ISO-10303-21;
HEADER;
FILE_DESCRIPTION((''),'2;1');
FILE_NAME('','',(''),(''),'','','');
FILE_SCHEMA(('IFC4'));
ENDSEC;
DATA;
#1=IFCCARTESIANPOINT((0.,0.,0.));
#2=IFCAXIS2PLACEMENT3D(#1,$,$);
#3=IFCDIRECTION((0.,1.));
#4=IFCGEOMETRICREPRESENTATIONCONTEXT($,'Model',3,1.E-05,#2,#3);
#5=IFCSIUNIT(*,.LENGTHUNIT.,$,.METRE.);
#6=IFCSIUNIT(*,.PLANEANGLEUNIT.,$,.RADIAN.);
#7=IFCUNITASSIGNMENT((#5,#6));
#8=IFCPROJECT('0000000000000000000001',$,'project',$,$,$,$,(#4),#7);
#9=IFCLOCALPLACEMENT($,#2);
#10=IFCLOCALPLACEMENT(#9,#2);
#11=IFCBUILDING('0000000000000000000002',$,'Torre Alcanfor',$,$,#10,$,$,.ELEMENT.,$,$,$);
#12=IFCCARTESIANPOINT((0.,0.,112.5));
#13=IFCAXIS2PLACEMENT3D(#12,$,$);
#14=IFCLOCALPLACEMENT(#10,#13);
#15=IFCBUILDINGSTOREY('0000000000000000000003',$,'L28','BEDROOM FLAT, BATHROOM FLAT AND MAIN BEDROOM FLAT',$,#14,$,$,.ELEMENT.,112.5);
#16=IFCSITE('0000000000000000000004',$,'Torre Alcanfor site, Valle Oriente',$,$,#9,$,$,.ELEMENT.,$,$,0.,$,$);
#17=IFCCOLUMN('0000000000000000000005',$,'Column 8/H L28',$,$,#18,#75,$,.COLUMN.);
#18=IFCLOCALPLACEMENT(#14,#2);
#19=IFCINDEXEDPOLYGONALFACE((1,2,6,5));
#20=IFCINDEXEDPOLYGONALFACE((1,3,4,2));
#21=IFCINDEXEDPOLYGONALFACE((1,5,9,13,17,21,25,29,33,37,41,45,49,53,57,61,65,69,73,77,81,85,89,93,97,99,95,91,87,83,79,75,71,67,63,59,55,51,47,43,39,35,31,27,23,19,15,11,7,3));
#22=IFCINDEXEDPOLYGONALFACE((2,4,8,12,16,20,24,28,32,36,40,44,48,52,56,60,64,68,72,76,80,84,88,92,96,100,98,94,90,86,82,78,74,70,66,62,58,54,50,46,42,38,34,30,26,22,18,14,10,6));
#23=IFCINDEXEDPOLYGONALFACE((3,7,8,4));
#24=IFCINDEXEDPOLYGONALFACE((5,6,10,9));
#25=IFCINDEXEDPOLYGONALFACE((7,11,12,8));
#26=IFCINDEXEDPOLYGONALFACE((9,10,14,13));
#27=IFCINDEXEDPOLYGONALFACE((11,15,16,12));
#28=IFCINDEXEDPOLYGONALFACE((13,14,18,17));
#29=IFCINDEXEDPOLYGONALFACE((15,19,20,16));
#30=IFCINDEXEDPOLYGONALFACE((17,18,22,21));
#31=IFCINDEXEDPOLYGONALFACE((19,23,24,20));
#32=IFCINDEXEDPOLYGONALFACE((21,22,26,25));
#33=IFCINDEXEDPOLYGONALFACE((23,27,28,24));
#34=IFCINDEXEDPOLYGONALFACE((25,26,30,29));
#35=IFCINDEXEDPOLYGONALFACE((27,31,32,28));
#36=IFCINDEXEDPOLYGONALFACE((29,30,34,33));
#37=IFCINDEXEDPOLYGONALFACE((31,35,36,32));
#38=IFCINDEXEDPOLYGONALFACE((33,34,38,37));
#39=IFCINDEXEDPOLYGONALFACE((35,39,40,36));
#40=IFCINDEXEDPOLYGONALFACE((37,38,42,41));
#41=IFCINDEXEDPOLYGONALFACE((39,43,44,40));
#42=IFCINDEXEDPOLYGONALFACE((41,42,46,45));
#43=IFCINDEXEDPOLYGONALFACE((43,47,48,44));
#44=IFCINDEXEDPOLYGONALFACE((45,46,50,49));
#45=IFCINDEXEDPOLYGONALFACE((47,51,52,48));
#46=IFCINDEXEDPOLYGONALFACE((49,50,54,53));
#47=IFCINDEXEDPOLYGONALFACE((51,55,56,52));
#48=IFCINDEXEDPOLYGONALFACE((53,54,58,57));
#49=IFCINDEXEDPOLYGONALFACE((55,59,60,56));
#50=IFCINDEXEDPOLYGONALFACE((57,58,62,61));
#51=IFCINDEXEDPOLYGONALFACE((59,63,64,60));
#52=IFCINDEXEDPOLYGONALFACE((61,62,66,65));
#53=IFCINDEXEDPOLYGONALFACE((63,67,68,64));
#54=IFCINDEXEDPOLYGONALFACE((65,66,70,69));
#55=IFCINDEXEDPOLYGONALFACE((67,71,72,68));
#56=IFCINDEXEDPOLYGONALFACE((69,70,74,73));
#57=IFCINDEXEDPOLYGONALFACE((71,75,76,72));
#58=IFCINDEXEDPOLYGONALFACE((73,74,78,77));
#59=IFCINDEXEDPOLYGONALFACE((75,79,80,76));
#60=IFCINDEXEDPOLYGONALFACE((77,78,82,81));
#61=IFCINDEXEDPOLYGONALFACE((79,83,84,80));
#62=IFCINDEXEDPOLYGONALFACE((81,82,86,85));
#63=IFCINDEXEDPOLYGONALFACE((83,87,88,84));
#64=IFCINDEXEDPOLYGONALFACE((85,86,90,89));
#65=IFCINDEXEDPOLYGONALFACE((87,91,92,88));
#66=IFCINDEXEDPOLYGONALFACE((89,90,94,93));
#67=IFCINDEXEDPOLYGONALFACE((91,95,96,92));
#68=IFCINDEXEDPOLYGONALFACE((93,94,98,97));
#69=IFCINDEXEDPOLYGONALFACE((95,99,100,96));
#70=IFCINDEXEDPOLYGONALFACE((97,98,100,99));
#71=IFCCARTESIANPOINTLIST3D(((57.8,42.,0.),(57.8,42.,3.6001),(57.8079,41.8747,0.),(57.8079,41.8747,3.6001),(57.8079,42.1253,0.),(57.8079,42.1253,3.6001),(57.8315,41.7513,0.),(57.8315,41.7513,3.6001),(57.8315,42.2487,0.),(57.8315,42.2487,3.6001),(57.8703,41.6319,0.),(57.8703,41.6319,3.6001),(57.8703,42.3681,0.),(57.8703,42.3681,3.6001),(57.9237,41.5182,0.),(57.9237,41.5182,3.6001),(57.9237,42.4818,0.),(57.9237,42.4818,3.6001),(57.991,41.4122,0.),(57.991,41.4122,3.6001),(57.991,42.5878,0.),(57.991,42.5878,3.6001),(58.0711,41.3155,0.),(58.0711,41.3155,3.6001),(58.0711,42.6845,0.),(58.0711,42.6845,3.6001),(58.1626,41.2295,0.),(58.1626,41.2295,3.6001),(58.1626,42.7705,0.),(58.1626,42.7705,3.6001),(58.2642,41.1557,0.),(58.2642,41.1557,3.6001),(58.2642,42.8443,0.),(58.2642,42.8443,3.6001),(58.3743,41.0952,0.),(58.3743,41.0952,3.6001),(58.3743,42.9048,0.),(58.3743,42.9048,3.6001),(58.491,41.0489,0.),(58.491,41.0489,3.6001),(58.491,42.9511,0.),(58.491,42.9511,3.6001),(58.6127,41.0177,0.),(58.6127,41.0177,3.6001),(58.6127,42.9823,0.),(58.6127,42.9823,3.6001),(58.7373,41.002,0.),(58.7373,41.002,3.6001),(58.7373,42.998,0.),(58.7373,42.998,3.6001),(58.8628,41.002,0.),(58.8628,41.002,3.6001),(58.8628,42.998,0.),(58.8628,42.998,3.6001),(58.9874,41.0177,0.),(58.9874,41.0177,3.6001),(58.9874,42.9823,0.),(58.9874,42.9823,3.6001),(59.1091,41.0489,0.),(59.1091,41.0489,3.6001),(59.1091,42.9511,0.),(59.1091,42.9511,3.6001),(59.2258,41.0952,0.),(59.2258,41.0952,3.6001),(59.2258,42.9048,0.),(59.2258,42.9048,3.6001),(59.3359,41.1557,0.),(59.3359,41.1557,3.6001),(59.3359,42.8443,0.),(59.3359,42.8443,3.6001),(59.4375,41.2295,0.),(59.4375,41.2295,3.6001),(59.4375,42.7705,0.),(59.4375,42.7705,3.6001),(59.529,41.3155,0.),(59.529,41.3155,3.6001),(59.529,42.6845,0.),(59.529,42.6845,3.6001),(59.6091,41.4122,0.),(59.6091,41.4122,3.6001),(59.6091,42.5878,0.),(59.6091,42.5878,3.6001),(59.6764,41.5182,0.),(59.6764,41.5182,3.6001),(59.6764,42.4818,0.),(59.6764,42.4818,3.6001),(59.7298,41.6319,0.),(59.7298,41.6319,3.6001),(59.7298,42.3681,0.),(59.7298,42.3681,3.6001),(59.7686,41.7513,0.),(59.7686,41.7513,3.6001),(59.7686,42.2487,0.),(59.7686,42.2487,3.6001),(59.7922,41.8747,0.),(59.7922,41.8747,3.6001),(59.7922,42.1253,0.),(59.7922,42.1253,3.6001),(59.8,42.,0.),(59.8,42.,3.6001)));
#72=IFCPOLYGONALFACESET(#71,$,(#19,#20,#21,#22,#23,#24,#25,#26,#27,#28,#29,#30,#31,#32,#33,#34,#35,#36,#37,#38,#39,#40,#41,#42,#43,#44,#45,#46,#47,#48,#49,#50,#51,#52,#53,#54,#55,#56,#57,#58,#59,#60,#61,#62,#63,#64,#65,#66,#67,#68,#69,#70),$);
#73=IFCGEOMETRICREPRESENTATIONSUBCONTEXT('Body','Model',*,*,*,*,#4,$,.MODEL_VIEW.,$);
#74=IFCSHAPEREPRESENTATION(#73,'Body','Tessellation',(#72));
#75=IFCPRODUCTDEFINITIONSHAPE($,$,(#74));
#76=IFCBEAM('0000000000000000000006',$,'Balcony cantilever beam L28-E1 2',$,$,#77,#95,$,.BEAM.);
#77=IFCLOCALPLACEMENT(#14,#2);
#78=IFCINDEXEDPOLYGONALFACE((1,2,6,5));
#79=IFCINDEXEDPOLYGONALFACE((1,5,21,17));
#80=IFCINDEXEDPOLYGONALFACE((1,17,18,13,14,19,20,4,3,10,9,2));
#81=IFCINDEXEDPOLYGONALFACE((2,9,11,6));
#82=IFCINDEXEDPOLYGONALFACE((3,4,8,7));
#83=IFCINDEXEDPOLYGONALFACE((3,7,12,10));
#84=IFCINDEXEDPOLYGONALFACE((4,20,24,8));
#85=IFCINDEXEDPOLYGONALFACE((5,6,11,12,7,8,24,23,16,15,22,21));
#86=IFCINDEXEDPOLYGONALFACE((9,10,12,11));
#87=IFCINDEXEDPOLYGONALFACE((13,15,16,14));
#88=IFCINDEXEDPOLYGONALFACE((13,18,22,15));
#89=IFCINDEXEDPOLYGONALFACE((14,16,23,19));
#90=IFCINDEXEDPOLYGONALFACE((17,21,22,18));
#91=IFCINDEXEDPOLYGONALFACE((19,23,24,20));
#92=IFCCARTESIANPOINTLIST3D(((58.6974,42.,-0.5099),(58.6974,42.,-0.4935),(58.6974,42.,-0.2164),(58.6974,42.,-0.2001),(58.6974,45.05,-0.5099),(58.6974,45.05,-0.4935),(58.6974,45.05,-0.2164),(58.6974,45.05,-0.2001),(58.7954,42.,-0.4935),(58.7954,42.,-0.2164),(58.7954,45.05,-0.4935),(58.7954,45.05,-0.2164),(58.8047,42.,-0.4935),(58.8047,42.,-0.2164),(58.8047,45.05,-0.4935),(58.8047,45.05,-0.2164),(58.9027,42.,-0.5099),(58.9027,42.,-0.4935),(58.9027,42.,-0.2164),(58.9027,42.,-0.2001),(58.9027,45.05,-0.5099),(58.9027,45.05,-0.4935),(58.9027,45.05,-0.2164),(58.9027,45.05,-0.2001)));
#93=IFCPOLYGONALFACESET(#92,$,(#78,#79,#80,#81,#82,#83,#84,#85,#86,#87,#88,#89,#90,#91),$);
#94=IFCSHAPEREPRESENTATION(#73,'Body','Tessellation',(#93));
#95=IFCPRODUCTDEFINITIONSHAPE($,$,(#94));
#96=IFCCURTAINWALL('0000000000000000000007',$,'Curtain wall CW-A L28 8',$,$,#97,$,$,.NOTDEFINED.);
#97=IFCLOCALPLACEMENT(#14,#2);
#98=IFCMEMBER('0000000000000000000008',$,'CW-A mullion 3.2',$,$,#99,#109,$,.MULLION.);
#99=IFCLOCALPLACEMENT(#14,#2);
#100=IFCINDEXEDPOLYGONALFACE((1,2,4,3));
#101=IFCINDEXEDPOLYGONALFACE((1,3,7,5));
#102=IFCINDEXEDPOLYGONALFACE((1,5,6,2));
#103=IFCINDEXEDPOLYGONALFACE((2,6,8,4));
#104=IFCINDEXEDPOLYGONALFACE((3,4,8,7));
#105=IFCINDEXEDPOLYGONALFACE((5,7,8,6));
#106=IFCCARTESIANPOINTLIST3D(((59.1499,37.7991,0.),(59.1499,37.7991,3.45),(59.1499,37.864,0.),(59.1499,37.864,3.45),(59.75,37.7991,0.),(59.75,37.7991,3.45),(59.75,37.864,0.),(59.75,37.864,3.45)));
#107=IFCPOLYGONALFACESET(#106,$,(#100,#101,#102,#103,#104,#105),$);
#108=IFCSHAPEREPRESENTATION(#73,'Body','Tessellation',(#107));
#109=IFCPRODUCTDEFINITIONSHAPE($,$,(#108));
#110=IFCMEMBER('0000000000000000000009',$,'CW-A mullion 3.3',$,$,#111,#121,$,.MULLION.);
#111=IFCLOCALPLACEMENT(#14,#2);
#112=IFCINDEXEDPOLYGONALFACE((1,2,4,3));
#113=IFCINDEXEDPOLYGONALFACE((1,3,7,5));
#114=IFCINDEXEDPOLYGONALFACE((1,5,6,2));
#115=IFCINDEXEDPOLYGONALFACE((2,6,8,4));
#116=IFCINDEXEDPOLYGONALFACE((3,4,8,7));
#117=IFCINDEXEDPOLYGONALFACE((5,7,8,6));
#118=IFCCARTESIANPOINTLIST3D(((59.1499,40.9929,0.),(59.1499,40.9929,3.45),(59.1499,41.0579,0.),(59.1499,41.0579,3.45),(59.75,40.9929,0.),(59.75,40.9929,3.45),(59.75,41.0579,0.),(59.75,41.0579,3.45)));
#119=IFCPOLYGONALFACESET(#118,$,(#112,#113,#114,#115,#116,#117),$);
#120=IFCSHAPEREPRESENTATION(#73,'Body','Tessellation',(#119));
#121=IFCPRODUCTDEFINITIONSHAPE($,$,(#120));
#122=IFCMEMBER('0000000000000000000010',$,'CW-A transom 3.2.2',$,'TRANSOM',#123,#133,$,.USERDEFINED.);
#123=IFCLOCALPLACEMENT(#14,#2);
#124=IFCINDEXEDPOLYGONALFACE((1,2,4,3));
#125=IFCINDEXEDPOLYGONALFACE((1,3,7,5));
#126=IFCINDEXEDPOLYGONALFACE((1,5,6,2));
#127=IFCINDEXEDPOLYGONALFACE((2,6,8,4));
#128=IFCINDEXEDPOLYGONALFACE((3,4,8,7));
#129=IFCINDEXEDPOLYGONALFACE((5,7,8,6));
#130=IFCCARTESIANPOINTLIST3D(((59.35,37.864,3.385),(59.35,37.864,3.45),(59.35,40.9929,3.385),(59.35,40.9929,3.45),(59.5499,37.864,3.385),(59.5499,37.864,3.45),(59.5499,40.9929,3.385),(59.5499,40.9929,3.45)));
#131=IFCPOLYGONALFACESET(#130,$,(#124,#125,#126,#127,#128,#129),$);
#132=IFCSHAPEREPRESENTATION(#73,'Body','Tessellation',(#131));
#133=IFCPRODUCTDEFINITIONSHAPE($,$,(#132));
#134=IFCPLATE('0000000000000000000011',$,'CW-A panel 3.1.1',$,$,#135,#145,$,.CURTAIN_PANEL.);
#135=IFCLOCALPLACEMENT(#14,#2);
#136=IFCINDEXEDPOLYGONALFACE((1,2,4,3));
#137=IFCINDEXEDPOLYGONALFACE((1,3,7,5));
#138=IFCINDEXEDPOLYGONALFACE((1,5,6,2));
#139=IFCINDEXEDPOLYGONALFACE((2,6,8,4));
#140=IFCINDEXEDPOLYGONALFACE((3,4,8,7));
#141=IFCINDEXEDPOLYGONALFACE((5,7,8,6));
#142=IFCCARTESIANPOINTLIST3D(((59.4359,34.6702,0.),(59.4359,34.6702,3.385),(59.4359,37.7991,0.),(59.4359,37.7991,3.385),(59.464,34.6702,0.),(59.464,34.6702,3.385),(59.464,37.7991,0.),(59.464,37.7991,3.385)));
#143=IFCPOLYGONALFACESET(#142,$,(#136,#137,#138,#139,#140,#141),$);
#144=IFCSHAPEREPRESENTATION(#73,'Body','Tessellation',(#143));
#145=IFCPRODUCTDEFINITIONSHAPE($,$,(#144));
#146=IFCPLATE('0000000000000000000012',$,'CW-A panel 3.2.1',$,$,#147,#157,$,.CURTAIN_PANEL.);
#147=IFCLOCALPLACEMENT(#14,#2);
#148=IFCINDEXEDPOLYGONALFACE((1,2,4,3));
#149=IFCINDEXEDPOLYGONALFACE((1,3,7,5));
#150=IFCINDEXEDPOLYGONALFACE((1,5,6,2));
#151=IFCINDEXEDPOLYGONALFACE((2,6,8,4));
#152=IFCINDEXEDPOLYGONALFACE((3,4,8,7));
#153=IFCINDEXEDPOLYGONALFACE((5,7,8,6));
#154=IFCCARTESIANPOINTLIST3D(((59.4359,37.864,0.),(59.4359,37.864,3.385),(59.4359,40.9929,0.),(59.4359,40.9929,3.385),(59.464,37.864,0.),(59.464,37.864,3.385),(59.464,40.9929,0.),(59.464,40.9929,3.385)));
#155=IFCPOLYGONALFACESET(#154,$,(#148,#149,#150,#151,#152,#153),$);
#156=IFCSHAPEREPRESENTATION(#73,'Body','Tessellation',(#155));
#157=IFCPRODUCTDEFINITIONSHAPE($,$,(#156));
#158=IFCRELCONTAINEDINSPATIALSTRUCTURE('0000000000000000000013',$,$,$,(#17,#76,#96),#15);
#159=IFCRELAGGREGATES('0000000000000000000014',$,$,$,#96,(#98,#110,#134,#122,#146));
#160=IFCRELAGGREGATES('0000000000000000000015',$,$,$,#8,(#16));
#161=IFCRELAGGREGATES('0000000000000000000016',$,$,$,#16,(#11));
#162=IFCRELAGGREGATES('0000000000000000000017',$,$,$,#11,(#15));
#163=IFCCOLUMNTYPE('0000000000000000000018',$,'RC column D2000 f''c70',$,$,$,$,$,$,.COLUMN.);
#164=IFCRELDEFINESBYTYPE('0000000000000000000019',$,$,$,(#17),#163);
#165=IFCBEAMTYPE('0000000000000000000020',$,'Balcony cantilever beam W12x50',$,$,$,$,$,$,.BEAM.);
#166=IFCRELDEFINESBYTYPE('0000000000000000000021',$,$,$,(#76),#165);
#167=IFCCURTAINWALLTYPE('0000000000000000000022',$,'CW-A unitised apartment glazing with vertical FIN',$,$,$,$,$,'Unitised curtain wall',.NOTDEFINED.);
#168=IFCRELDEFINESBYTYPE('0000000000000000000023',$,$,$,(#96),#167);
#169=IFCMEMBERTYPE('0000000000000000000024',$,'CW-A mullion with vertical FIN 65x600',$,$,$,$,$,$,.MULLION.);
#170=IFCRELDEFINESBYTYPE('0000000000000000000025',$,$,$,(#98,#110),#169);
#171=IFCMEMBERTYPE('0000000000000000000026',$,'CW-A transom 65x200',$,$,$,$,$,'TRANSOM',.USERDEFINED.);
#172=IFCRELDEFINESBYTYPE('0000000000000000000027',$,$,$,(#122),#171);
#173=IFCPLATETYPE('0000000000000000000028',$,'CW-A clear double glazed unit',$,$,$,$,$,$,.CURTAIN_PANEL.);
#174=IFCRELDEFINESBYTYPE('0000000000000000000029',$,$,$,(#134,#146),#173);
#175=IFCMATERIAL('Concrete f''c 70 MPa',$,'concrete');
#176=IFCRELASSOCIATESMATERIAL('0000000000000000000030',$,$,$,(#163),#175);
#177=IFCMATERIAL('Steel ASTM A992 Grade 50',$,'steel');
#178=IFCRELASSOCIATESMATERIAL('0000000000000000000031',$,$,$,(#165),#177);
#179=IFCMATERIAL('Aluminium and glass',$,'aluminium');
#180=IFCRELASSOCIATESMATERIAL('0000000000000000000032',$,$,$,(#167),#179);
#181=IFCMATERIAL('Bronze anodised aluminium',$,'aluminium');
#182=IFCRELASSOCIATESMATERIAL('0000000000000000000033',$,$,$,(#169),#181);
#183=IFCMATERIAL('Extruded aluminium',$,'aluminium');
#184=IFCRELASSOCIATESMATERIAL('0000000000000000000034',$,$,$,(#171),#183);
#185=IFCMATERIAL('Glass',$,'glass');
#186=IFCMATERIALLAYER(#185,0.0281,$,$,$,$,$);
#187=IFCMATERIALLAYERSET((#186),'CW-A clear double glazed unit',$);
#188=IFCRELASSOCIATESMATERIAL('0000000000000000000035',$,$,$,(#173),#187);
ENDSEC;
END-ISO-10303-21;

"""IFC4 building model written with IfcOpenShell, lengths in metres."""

from ifc_helpers import new_model, si_unit, direction, frame, origin, origin_2d, place, context, subcontext, project, spatial, rectangle, circle, i_section, extrude, material, layer, layer_set, material_profile, profile_set, type_object, element, aggregate, save


model = new_model("IFC4")

# Units and contexts
model_context = context("Model", 3, precision=1e-05, world=origin(), true_north=direction((0.0, 1.0)))
body_context = subcontext(model_context, "Body", "Model", "MODEL_VIEW")
ifc_project = project(units=[si_unit("LENGTHUNIT", "METRE"), si_unit("PLANEANGLEUNIT", "RADIAN")], contexts=[model_context])

# Site, building, storey
site_placement = place(None, origin())
site = spatial("IfcSite", under=ifc_project, at=site_placement, Name="Torre Alcanfor site, Valle Oriente", CompositionType="ELEMENT", RefElevation=0.0)
building_placement = place(site_placement, origin())
building = spatial("IfcBuilding", under=site, at=building_placement, Name="Torre Alcanfor", CompositionType="ELEMENT")
storey_placement = place(building_placement, frame((0.0, 0.0, 112.5)))
storey = spatial("IfcBuildingStorey", under=building, at=storey_placement, Name="L28", Description="BEDROOM FLAT, BATHROOM FLAT AND MAIN BEDROOM FLAT", CompositionType="ELEMENT", Elevation=112.5)

# Column
ifc_material_1 = material(Name="Concrete f'c 70 MPa", Category="concrete")
ifc_material_profile_1 = material_profile(ifc_material_1, circle(Radius=1.0, at=origin_2d()), Name="D2000")
ifc_profile_set_1 = profile_set([ifc_material_profile_1], Name="Concrete f'c 70 MPa")
column_type = type_object("IfcColumnType", Name="RC column D2000 f'c70", PredefinedType="COLUMN", material=ifc_profile_set_1)
column_placement = place(storey_placement, frame((58.8, 42.0, 0.0), z_axis=(0.0, 0.0, 1.0), x_axis=(1.0, 0.0, 0.0)))
element("IfcColumn", 1, at=column_placement, inside=storey, type_object=column_type, Name="Column 8/H L28", PredefinedType="COLUMN", context=body_context, shape_type="SweptSolid", body=[
    extrude(circle(Radius=1.0, at=origin_2d()), origin(), (0.0, 0.0, 1.0), 3.6001),
])

# Beam
ifc_material_2 = material(Name="Steel ASTM A992 Grade 50", Category="steel")
ifc_material_profile_2 = material_profile(ifc_material_2, i_section(OverallWidth=0.2053, OverallDepth=0.3098, WebThickness=0.0093, FlangeThickness=0.0164, at=origin_2d()), Name="W12x50")
ifc_profile_set_2 = profile_set([ifc_material_profile_2], Name="Steel ASTM A992 Grade 50")
beam_type = type_object("IfcBeamType", Name="Balcony cantilever beam W12x50", PredefinedType="BEAM", material=ifc_profile_set_2)
beam_placement = place(storey_placement, frame((58.8, 42.0, -0.355), z_axis=(0.0, 1.0, 0.0), x_axis=(-1.0, 0.0, 0.0)))
element("IfcBeam", 2, at=beam_placement, inside=storey, type_object=beam_type, Name="Balcony cantilever beam L28-E1 2", PredefinedType="BEAM", context=body_context, shape_type="SweptSolid", body=[
    extrude(i_section(OverallWidth=0.2053, OverallDepth=0.3098, WebThickness=0.0093, FlangeThickness=0.0164, at=origin_2d()), origin(), (0.0, 0.0, 1.0), 3.05),
])

# Curtain wall, members, plates
ifc_material_3 = material(Name="Aluminium and glass", Category="aluminium")
curtain_wall_type = type_object("IfcCurtainWallType", Name="CW-A unitised apartment glazing with vertical FIN", ElementType="Unitised curtain wall", PredefinedType="NOTDEFINED", material=ifc_material_3)
curtain_wall_placement = place(storey_placement, origin())
curtain_wall = element("IfcCurtainWall", 3, at=curtain_wall_placement, inside=storey, type_object=curtain_wall_type, Name="Curtain wall CW-A L28 8", PredefinedType="NOTDEFINED")
ifc_material_4 = material(Name="Bronze anodised aluminium", Category="aluminium")
ifc_material_profile_3 = material_profile(ifc_material_4, rectangle(XDim=0.6001, YDim=0.0649, at=origin_2d()), Name="CW-A mullion 65x600")
ifc_profile_set_3 = profile_set([ifc_material_profile_3], Name="Bronze anodised aluminium")
member_type_1 = type_object("IfcMemberType", Name="CW-A mullion with vertical FIN 65x600", PredefinedType="MULLION", material=ifc_profile_set_3)
member_1_placement = place(storey_placement, frame((59.45, 37.8315, 0.0), z_axis=(0.0, 0.0, 1.0), x_axis=(-1.0, 0.0, 0.0)))
member_1 = element("IfcMember", 4, at=member_1_placement, type_object=member_type_1, Name="CW-A mullion 3.2", PredefinedType="MULLION", context=body_context, shape_type="SweptSolid", body=[
    extrude(rectangle(XDim=0.6001, YDim=0.0649, at=origin_2d()), origin(), (0.0, 0.0, 1.0), 3.45),
])
member_2_placement = place(storey_placement, frame((59.45, 41.0254, 0.0), z_axis=(0.0, 0.0, 1.0), x_axis=(-1.0, 0.0, 0.0)))
member_2 = element("IfcMember", 5, at=member_2_placement, type_object=member_type_1, Name="CW-A mullion 3.3", PredefinedType="MULLION", context=body_context, shape_type="SweptSolid", body=[
    extrude(rectangle(XDim=0.6001, YDim=0.0649, at=origin_2d()), origin(), (0.0, 0.0, 1.0), 3.45),
])
ifc_material_5 = material(Name="Extruded aluminium", Category="aluminium")
ifc_material_profile_4 = material_profile(ifc_material_5, rectangle(XDim=0.2, YDim=0.0649, at=origin_2d()), Name="CW-A transom 200x65")
ifc_profile_set_4 = profile_set([ifc_material_profile_4], Name="Extruded aluminium")
member_type_2 = type_object("IfcMemberType", Name="CW-A transom 65x200", ElementType="TRANSOM", PredefinedType="USERDEFINED", material=ifc_profile_set_4)
member_3_placement = place(storey_placement, frame((59.45, 37.864, 3.4175), z_axis=(0.0, 1.0, 0.0), x_axis=(-1.0, 0.0, 0.0)))
member_3 = element("IfcMember", 6, at=member_3_placement, type_object=member_type_2, Name="CW-A transom 3.2.2", ObjectType="TRANSOM", PredefinedType="USERDEFINED", context=body_context, shape_type="SweptSolid", body=[
    extrude(rectangle(XDim=0.2, YDim=0.0649, at=origin_2d()), origin(), (0.0, 0.0, 1.0), 3.1289),
])
ifc_material_6 = material(Name="Glass", Category="glass")
ifc_layer_1 = layer(ifc_material_6, 0.0281)
ifc_layer_set_1 = layer_set([ifc_layer_1], Name="CW-A clear double glazed unit")
plate_type = type_object("IfcPlateType", Name="CW-A clear double glazed unit", PredefinedType="CURTAIN_PANEL", material=ifc_layer_set_1)
plate_1_placement = place(storey_placement, frame((59.45, 36.2346, 0.0), z_axis=(0.0, 0.0, 1.0), x_axis=(0.0, 1.0, 0.0)))
plate_1 = element("IfcPlate", 7, at=plate_1_placement, type_object=plate_type, Name="CW-A panel 3.1.1", PredefinedType="CURTAIN_PANEL", context=body_context, shape_type="SweptSolid", body=[
    extrude(rectangle(XDim=3.1289, YDim=0.0281, at=origin_2d()), origin(), (0.0, 0.0, 1.0), 3.385),
])
plate_2_placement = place(storey_placement, frame((59.45, 39.4285, 0.0), z_axis=(0.0, 0.0, 1.0), x_axis=(0.0, 1.0, 0.0)))
plate_2 = element("IfcPlate", 8, at=plate_2_placement, type_object=plate_type, Name="CW-A panel 3.2.1", PredefinedType="CURTAIN_PANEL", context=body_context, shape_type="SweptSolid", body=[
    extrude(rectangle(XDim=3.1289, YDim=0.0281, at=origin_2d()), origin(), (0.0, 0.0, 1.0), 3.385),
])
aggregate(curtain_wall, [member_1, member_2, plate_1, member_3, plate_2])

save(model, "model.ifc")
